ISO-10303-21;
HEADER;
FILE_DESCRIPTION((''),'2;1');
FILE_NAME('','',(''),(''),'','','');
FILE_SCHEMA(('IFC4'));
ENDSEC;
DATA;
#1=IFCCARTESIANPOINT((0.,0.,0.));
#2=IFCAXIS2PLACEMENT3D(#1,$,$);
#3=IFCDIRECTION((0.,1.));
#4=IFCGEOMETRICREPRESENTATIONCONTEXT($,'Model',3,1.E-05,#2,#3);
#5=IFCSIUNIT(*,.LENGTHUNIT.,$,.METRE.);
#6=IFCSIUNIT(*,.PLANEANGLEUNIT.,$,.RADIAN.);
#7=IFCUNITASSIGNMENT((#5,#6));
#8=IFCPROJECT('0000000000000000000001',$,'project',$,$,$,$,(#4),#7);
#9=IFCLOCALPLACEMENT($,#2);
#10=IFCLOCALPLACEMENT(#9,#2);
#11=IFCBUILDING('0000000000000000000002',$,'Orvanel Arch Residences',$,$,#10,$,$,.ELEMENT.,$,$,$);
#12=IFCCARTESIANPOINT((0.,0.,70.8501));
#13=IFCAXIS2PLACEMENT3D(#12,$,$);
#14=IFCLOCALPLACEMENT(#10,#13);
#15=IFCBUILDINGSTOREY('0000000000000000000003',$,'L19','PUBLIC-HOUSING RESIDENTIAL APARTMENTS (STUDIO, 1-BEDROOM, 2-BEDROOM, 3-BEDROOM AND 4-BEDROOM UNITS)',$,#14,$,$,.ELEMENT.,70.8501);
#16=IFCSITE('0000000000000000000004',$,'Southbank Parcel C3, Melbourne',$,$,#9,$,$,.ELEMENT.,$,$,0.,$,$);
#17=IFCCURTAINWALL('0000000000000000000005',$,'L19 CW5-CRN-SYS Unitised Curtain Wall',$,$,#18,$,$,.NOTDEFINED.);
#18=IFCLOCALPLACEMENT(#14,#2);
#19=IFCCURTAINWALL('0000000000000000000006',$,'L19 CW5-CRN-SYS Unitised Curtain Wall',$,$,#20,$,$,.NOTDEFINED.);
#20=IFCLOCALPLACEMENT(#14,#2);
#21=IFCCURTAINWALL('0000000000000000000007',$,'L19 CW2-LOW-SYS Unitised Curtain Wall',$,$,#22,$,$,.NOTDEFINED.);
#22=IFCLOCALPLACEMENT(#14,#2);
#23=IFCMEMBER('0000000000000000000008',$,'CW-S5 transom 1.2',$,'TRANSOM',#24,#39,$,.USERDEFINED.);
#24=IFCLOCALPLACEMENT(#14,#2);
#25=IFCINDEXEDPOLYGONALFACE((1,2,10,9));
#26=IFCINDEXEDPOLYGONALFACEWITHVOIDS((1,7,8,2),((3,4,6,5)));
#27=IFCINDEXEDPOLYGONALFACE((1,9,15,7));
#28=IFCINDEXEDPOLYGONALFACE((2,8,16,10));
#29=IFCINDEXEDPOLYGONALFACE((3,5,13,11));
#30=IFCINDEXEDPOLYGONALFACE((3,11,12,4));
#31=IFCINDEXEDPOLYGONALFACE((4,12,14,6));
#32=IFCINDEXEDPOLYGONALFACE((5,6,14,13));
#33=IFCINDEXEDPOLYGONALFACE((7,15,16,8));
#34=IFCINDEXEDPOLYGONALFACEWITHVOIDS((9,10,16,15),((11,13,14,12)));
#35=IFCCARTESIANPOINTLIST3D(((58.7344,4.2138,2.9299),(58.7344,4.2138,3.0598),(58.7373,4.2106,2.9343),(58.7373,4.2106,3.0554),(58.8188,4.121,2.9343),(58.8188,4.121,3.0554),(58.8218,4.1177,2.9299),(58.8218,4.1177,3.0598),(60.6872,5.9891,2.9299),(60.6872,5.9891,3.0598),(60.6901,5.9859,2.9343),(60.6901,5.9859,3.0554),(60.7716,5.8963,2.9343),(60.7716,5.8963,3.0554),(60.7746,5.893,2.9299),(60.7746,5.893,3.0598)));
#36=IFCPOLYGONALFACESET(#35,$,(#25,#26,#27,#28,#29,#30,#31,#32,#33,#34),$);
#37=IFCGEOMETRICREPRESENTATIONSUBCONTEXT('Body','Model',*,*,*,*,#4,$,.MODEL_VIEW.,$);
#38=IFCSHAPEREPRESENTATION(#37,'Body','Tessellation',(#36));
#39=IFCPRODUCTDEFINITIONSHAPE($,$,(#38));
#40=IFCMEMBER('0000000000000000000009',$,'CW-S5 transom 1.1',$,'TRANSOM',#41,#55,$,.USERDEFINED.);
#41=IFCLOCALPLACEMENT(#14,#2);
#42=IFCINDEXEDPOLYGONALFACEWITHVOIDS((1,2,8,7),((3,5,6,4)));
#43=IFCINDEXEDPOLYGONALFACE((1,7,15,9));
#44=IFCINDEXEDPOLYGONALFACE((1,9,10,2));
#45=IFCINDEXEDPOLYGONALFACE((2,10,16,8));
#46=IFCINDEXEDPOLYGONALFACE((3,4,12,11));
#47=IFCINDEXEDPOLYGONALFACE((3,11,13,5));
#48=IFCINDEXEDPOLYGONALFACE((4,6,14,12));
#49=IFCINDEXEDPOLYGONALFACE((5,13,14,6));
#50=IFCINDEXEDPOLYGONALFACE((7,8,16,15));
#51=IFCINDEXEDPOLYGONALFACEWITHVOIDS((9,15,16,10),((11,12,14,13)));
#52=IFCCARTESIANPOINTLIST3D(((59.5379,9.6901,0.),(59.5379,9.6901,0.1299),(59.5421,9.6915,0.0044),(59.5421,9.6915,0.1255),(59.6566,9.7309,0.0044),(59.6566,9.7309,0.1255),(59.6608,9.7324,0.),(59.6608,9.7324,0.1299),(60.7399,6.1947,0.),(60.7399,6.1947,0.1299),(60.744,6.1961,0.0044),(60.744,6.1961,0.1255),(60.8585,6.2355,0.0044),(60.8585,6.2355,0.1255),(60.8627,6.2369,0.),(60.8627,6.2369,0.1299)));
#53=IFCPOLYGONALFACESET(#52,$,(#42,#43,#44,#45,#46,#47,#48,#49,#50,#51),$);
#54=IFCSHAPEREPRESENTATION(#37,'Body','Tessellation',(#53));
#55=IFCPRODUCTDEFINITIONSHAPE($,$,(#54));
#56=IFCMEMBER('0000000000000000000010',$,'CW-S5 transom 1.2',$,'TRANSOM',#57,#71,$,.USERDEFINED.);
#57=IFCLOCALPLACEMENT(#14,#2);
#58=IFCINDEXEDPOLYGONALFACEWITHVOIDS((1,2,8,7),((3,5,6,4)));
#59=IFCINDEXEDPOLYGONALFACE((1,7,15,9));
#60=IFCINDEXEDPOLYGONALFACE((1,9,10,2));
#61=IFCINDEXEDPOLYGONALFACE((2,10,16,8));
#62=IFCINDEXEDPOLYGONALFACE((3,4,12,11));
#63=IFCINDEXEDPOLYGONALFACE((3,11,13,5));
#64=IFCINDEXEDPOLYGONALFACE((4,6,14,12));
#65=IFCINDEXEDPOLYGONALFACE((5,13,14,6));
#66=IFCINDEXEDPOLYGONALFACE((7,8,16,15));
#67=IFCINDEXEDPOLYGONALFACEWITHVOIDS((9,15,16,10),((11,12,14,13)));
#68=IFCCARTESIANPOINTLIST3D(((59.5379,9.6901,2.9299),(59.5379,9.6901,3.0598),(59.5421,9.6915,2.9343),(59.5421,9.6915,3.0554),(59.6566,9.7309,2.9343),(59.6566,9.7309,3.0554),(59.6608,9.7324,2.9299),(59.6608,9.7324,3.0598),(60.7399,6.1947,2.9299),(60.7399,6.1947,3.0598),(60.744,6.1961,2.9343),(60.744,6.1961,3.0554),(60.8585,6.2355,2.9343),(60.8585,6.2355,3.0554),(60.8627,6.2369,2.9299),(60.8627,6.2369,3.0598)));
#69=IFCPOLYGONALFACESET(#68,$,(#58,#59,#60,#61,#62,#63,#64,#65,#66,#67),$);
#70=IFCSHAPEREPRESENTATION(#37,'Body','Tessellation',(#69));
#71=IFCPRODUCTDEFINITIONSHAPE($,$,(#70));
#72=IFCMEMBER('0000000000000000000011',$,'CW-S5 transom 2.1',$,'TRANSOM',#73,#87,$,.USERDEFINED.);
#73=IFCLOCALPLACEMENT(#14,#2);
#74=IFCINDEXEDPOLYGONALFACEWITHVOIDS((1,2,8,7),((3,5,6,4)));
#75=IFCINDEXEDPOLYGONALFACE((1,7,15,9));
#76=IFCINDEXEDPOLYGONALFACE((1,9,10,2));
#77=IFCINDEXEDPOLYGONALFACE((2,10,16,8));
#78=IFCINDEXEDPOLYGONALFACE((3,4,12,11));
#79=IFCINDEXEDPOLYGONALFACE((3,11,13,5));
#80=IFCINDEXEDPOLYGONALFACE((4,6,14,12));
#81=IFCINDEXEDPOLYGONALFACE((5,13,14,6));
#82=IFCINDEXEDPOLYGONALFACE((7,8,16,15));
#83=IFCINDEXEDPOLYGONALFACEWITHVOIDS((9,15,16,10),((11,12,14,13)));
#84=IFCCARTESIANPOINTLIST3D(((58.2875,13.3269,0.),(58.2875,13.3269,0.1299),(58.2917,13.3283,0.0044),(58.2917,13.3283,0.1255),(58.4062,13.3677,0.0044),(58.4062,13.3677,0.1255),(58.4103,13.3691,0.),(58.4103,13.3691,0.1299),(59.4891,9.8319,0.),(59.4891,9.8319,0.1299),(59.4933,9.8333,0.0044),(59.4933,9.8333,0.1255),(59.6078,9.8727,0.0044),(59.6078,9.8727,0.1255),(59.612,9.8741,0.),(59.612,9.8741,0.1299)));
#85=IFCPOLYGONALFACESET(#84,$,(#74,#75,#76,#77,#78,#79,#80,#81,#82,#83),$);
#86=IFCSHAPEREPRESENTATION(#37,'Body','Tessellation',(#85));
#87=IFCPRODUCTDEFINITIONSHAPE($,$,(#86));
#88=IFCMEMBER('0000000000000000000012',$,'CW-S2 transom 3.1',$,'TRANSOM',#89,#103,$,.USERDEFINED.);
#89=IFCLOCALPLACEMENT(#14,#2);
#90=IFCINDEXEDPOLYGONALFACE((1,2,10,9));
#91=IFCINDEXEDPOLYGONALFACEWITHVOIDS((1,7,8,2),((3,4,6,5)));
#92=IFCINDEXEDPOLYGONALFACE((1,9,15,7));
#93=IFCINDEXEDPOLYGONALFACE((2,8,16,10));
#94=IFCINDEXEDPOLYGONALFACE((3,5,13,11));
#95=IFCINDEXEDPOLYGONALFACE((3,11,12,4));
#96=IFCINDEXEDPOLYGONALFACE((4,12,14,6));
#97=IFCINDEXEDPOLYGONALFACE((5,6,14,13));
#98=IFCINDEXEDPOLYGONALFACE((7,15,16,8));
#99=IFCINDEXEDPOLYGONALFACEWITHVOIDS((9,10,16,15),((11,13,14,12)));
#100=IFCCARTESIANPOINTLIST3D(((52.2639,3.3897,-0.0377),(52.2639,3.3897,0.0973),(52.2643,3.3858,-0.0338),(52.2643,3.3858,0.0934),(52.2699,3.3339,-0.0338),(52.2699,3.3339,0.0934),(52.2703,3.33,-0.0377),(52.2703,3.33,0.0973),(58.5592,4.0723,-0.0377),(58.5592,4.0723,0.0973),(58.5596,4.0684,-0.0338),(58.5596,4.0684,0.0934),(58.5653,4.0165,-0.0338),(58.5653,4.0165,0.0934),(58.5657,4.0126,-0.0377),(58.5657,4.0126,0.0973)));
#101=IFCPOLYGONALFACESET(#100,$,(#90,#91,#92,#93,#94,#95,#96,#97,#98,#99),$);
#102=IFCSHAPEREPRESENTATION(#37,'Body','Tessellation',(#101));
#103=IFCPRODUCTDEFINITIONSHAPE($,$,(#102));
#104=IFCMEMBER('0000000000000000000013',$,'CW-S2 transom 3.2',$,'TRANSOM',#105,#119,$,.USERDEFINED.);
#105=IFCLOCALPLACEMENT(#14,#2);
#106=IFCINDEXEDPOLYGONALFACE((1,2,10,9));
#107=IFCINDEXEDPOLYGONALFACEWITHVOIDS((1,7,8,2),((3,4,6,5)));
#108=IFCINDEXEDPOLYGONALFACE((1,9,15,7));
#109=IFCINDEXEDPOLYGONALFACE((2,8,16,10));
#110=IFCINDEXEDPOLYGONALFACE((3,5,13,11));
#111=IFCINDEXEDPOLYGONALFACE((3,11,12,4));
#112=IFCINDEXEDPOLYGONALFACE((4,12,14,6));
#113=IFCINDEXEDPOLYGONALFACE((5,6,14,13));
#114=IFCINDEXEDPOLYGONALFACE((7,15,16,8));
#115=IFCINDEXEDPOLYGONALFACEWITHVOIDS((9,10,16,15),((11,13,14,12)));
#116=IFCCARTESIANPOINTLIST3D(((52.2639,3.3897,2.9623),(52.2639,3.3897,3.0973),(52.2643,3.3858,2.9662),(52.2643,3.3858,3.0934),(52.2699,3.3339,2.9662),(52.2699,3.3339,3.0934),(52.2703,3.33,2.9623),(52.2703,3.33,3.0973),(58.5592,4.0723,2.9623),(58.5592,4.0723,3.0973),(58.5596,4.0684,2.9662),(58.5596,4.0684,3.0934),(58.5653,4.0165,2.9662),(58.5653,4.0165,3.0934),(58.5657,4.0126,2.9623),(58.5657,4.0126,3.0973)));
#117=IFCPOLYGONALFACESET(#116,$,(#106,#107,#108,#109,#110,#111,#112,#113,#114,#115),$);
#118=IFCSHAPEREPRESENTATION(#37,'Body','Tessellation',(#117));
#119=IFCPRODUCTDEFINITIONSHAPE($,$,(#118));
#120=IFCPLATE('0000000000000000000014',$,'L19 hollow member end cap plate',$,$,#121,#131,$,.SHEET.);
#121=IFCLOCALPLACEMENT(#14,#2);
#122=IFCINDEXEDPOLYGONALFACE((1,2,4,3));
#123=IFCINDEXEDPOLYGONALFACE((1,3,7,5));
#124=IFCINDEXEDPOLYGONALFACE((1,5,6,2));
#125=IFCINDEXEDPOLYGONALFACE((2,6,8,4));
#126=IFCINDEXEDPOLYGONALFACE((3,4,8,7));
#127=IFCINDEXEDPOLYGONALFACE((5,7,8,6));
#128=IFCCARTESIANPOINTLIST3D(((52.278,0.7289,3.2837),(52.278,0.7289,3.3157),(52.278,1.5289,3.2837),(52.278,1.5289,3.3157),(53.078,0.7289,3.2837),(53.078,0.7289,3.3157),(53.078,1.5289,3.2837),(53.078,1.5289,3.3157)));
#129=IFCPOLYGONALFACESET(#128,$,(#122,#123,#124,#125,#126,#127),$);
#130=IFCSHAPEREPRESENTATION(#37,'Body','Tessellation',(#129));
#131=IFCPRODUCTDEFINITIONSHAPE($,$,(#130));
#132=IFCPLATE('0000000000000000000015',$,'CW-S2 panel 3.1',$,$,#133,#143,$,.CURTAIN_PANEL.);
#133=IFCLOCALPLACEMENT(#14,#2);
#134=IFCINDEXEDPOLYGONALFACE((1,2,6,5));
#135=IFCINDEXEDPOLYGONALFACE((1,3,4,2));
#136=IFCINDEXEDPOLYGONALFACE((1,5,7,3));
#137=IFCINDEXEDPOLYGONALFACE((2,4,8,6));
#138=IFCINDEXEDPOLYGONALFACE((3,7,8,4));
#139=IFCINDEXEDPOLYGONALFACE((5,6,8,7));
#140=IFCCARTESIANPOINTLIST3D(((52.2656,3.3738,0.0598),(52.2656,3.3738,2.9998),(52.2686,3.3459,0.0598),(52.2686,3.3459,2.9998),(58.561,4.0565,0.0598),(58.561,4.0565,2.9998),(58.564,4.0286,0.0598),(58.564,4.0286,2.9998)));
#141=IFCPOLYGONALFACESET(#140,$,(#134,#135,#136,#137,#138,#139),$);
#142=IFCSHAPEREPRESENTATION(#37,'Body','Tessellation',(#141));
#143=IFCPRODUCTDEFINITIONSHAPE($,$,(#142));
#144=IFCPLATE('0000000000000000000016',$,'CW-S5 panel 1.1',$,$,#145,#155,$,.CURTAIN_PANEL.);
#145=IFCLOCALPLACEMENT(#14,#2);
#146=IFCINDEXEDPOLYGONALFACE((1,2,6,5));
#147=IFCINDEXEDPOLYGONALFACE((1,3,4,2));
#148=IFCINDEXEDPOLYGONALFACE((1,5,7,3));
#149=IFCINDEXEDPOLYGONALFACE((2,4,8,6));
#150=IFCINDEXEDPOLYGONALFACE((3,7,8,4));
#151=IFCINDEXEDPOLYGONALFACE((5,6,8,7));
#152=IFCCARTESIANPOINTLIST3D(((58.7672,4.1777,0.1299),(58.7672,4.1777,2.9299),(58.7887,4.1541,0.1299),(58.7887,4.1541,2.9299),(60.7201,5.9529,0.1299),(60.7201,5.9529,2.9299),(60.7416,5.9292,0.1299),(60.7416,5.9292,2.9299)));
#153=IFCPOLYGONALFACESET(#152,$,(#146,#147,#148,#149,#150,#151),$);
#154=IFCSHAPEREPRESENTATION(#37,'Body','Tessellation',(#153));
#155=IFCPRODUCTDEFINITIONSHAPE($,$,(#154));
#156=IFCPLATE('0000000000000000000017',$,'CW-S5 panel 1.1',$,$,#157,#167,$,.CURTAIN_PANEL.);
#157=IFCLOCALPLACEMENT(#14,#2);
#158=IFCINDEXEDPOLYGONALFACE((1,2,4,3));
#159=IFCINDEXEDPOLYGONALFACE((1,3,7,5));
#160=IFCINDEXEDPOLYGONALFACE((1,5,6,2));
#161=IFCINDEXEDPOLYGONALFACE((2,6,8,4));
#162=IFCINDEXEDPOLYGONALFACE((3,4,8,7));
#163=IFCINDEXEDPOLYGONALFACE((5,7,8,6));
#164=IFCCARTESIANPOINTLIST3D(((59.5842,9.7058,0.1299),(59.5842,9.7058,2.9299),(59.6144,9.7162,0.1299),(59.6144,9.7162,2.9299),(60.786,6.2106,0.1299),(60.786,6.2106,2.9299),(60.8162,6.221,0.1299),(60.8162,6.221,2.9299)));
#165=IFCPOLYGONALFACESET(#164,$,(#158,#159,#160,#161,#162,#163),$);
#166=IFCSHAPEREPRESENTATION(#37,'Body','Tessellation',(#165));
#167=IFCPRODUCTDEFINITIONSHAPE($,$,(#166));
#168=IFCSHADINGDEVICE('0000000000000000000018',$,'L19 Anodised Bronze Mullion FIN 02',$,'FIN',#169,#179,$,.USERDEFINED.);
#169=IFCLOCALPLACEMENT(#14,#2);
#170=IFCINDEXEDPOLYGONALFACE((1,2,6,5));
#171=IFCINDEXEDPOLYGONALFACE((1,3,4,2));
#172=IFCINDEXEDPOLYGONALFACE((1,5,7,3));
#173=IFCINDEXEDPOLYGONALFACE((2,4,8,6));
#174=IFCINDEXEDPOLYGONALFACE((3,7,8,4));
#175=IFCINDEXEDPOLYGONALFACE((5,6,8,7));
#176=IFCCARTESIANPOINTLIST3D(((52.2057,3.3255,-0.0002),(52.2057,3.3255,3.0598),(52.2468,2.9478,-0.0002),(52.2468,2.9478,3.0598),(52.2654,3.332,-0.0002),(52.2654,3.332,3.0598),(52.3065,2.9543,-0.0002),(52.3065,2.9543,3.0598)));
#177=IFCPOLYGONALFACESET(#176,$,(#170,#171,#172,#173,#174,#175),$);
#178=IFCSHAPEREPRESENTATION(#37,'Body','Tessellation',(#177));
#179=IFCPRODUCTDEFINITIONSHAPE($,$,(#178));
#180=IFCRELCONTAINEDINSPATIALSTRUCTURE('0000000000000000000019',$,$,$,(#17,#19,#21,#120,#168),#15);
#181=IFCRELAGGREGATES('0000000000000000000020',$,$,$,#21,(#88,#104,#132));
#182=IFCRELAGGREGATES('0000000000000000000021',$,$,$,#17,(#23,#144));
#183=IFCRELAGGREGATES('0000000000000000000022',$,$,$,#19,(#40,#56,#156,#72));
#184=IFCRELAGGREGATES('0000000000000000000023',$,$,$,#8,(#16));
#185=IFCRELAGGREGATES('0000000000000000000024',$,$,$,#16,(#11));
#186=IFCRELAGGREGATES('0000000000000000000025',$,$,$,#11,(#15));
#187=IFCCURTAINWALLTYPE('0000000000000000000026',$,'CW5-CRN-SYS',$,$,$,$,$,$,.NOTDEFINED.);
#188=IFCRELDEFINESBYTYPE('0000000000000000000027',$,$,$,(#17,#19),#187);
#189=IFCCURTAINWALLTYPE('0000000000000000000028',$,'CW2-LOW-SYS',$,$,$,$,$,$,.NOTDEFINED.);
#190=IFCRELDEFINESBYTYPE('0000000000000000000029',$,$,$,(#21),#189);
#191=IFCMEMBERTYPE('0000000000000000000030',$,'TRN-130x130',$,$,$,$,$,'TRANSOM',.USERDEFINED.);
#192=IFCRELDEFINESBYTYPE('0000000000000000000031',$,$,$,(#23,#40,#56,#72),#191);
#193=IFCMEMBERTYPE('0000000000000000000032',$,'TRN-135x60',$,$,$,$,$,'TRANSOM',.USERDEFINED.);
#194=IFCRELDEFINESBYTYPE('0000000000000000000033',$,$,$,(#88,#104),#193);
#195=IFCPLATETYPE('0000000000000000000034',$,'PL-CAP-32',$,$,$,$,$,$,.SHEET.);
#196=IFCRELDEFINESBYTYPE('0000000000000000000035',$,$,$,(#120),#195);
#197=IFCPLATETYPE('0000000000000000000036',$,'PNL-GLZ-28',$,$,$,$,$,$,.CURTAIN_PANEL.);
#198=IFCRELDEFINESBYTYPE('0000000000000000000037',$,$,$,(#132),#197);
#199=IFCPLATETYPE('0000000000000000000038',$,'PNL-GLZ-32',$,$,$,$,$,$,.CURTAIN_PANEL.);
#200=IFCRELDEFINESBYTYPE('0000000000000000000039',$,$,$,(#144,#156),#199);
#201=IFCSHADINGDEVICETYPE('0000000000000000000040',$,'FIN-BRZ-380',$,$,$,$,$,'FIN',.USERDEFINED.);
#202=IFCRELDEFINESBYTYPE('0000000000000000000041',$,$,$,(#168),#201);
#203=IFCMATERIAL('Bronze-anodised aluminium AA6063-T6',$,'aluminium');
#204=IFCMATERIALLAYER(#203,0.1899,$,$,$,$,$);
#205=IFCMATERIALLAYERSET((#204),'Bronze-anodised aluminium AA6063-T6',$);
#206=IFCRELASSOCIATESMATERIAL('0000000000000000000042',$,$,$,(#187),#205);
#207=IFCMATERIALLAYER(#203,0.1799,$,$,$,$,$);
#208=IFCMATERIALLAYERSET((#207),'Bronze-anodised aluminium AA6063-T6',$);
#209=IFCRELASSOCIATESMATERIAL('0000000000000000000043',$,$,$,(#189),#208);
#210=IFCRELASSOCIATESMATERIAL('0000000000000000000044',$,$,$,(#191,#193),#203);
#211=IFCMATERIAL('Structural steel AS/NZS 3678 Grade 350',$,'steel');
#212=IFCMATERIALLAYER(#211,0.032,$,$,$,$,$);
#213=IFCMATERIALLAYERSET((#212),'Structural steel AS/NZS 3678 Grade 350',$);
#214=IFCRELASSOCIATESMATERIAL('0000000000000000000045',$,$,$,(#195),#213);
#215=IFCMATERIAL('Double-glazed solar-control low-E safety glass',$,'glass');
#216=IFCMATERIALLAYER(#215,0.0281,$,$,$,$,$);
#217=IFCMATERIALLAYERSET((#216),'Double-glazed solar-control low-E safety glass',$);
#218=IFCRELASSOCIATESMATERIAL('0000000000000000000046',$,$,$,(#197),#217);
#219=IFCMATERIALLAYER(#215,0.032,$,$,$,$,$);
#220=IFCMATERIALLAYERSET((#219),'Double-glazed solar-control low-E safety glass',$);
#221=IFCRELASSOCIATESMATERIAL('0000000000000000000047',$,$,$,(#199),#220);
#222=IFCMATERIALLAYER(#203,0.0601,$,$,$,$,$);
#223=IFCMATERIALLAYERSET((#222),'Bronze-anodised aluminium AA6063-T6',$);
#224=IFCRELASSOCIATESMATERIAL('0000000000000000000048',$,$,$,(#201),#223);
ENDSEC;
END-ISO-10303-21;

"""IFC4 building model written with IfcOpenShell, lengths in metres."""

from ifc_helpers import new_model, si_unit, direction, frame, origin, origin_2d, place, context, subcontext, project, spatial, rectangle, hollow_rectangle, extrude, material, layer, layer_set, material_profile, profile_set, type_object, element, aggregate, save


model = new_model("IFC4")

# Units and contexts
model_context = context("Model", 3, precision=1e-05, world=origin(), true_north=direction((0.0, 1.0)))
body_context = subcontext(model_context, "Body", "Model", "MODEL_VIEW")
ifc_project = project(units=[si_unit("LENGTHUNIT", "METRE"), si_unit("PLANEANGLEUNIT", "RADIAN")], contexts=[model_context])

# Site, building, storey
site_placement = place(None, origin())
site = spatial("IfcSite", under=ifc_project, at=site_placement, Name="Southbank Parcel C3, Melbourne", CompositionType="ELEMENT", RefElevation=0.0)
building_placement = place(site_placement, origin())
building = spatial("IfcBuilding", under=site, at=building_placement, Name="Orvanel Arch Residences", CompositionType="ELEMENT")
storey_placement = place(building_placement, frame((0.0, 0.0, 70.8501)))
storey = spatial("IfcBuildingStorey", under=building, at=storey_placement, Name="L19", Description="PUBLIC-HOUSING RESIDENTIAL APARTMENTS (STUDIO, 1-BEDROOM, 2-BEDROOM, 3-BEDROOM AND 4-BEDROOM UNITS)", CompositionType="ELEMENT", Elevation=70.8501)

# Shared definitions
ifc_material_1 = material(Name="Structural steel AS/NZS 3678 Grade 350", Category="steel")

# Curtain walls
ifc_material_2 = material(Name="Bronze-anodised aluminium AA6063-T6", Category="aluminium")
ifc_layer_1 = layer(ifc_material_2, 0.1899)
ifc_layer_set_1 = layer_set([ifc_layer_1], Name="Bronze-anodised aluminium AA6063-T6")
curtain_wall_type_1 = type_object("IfcCurtainWallType", Name="CW5-CRN-SYS", PredefinedType="NOTDEFINED", material=ifc_layer_set_1)
curtain_wall_1_placement = place(storey_placement, origin())
curtain_wall_1 = element("IfcCurtainWall", 1, at=curtain_wall_1_placement, inside=storey, type_object=curtain_wall_type_1, Name="L19 CW5-CRN-SYS Unitised Curtain Wall", PredefinedType="NOTDEFINED")
curtain_wall_2_placement = place(storey_placement, origin())
curtain_wall_2 = element("IfcCurtainWall", 2, at=curtain_wall_2_placement, inside=storey, type_object=curtain_wall_type_1, Name="L19 CW5-CRN-SYS Unitised Curtain Wall", PredefinedType="NOTDEFINED")
ifc_layer_2 = layer(ifc_material_2, 0.1799)
ifc_layer_set_2 = layer_set([ifc_layer_2], Name="Bronze-anodised aluminium AA6063-T6")
curtain_wall_type_2 = type_object("IfcCurtainWallType", Name="CW2-LOW-SYS", PredefinedType="NOTDEFINED", material=ifc_layer_set_2)
curtain_wall_3_placement = place(storey_placement, origin())
curtain_wall_3 = element("IfcCurtainWall", 3, at=curtain_wall_3_placement, inside=storey, type_object=curtain_wall_type_2, Name="L19 CW2-LOW-SYS Unitised Curtain Wall", PredefinedType="NOTDEFINED")

# Members
ifc_material_profile_1 = material_profile(ifc_material_2, hollow_rectangle(XDim=0.1299, YDim=0.1299, WallThickness=0.0044, at=origin_2d()), Name="ALU130x130x4.5")
ifc_profile_set_1 = profile_set([ifc_material_profile_1], Name="Bronze-anodised aluminium AA6063-T6")
member_type_1 = type_object("IfcMemberType", Name="TRN-130x130", ElementType="TRANSOM", PredefinedType="USERDEFINED", material=ifc_profile_set_1)
member_1_placement = place(storey_placement, frame((58.7781, 4.1658, 2.9949), z_axis=(0.739932, 0.672682, 0.0), x_axis=(-0.672682, 0.739932, 0.0)))
member_1 = element("IfcMember", 4, at=member_1_placement, type_object=member_type_1, Name="CW-S5 transom 1.2", ObjectType="TRANSOM", PredefinedType="USERDEFINED", context=body_context, shape_type="SweptSolid", body=[
    extrude(hollow_rectangle(XDim=0.1299, YDim=0.1299, WallThickness=0.0044, at=origin_2d()), origin(), (0.0, 0.0, 1.0), 2.6392),
])
member_2_placement = place(storey_placement, frame((60.8013, 6.2158, 0.0649), z_axis=(-0.32517, 0.945656, 0.0), x_axis=(-0.945656, -0.32517, 0.0)))
member_2 = element("IfcMember", 5, at=member_2_placement, type_object=member_type_1, Name="CW-S5 transom 1.1", ObjectType="TRANSOM", PredefinedType="USERDEFINED", context=body_context, shape_type="SweptSolid", body=[
    extrude(hollow_rectangle(XDim=0.1299, YDim=0.1299, WallThickness=0.0044, at=origin_2d()), origin(), (0.0, 0.0, 1.0), 3.6963),
])
member_3_placement = place(storey_placement, frame((60.8013, 6.2158, 2.9949), z_axis=(-0.32517, 0.945656, 0.0), x_axis=(-0.945656, -0.32517, 0.0)))
member_3 = element("IfcMember", 6, at=member_3_placement, type_object=member_type_1, Name="CW-S5 transom 1.2", ObjectType="TRANSOM", PredefinedType="USERDEFINED", context=body_context, shape_type="SweptSolid", body=[
    extrude(hollow_rectangle(XDim=0.1299, YDim=0.1299, WallThickness=0.0044, at=origin_2d()), origin(), (0.0, 0.0, 1.0), 3.6963),
])
member_4_placement = place(storey_placement, frame((59.5505, 9.853, 0.0649), z_axis=(-0.325131, 0.945669, 0.0), x_axis=(-0.945669, -0.325131, 0.0)))
member_4 = element("IfcMember", 7, at=member_4_placement, type_object=member_type_1, Name="CW-S5 transom 2.1", ObjectType="TRANSOM", PredefinedType="USERDEFINED", context=body_context, shape_type="SweptSolid", body=[
    extrude(hollow_rectangle(XDim=0.1299, YDim=0.1299, WallThickness=0.0044, at=origin_2d()), origin(), (0.0, 0.0, 1.0), 3.6958),
])
ifc_material_profile_2 = material_profile(ifc_material_2, hollow_rectangle(XDim=0.0601, YDim=0.135, WallThickness=0.0039, at=origin_2d()), Name="ALU135x60x4")
ifc_profile_set_2 = profile_set([ifc_material_profile_2], Name="Bronze-anodised aluminium AA6063-T6")
member_type_2 = type_object("IfcMemberType", Name="TRN-135x60", ElementType="TRANSOM", PredefinedType="USERDEFINED", material=ifc_profile_set_2)
member_5_placement = place(storey_placement, frame((52.2671, 3.3599, 0.0298), z_axis=(0.994173, 0.107799, 0.0), x_axis=(-0.107799, 0.994173, 0.0)))
member_5 = element("IfcMember", 8, at=member_5_placement, type_object=member_type_2, Name="CW-S2 transom 3.1", ObjectType="TRANSOM", PredefinedType="USERDEFINED", context=body_context, shape_type="SweptSolid", body=[
    extrude(hollow_rectangle(XDim=0.0601, YDim=0.135, WallThickness=0.0039, at=origin_2d()), origin(), (0.0, 0.0, 1.0), 6.3323),
])
member_6_placement = place(storey_placement, frame((52.2671, 3.3599, 3.0298), z_axis=(0.994173, 0.107799, 0.0), x_axis=(-0.107799, 0.994173, 0.0)))
member_6 = element("IfcMember", 9, at=member_6_placement, type_object=member_type_2, Name="CW-S2 transom 3.2", ObjectType="TRANSOM", PredefinedType="USERDEFINED", context=body_context, shape_type="SweptSolid", body=[
    extrude(hollow_rectangle(XDim=0.0601, YDim=0.135, WallThickness=0.0039, at=origin_2d()), origin(), (0.0, 0.0, 1.0), 6.3323),
])

# Plates
ifc_layer_3 = layer(ifc_material_1, 0.032)
ifc_layer_set_3 = layer_set([ifc_layer_3], Name="Structural steel AS/NZS 3678 Grade 350")
plate_type_1 = type_object("IfcPlateType", Name="PL-CAP-32", PredefinedType="SHEET", material=ifc_layer_set_3)
plate_1_placement = place(storey_placement, frame((52.678, 1.1289, 3.2837), z_axis=(0.0, 0.0, 1.0), x_axis=(1.0, 0.0, 0.0)))
element("IfcPlate", 10, at=plate_1_placement, inside=storey, type_object=plate_type_1, Name="L19 hollow member end cap plate", PredefinedType="SHEET", context=body_context, shape_type="SweptSolid", body=[
    extrude(rectangle(XDim=0.8, YDim=0.8, at=origin_2d()), origin(), (0.0, 0.0, 1.0), 0.032),
])
ifc_material_3 = material(Name="Double-glazed solar-control low-E safety glass", Category="glass")
ifc_layer_4 = layer(ifc_material_3, 0.0281)
ifc_layer_set_4 = layer_set([ifc_layer_4], Name="Double-glazed solar-control low-E safety glass")
plate_type_2 = type_object("IfcPlateType", Name="PNL-GLZ-28", PredefinedType="CURTAIN_PANEL", material=ifc_layer_set_4)
plate_2_placement = place(storey_placement, frame((55.4148, 3.7012, 0.0598), z_axis=(0.0, 0.0, 1.0), x_axis=(0.994171, 0.107811, 0.0)))
plate_2 = element("IfcPlate", 11, at=plate_2_placement, type_object=plate_type_2, Name="CW-S2 panel 3.1", PredefinedType="CURTAIN_PANEL", context=body_context, shape_type="SweptSolid", body=[
    extrude(rectangle(XDim=6.3323, YDim=0.0281, at=origin_2d()), origin(), (0.0, 0.0, 1.0), 2.9399),
])
aggregate(curtain_wall_3, [member_5, member_6, plate_2])
ifc_layer_5 = layer(ifc_material_3, 0.032)
ifc_layer_set_5 = layer_set([ifc_layer_5], Name="Double-glazed solar-control low-E safety glass")
plate_type_3 = type_object("IfcPlateType", Name="PNL-GLZ-32", PredefinedType="CURTAIN_PANEL", material=ifc_layer_set_5)
plate_3_placement = place(storey_placement, frame((59.7544, 5.0535, 0.1299), z_axis=(0.0, 0.0, 1.0), x_axis=(0.739986, 0.672622, 0.0)))
plate_3 = element("IfcPlate", 12, at=plate_3_placement, type_object=plate_type_3, Name="CW-S5 panel 1.1", PredefinedType="CURTAIN_PANEL", context=body_context, shape_type="SweptSolid", body=[
    extrude(rectangle(XDim=2.6392, YDim=0.032, at=origin_2d()), origin(), (0.0, 0.0, 1.0), 2.8),
])
aggregate(curtain_wall_1, [member_1, plate_3])
plate_4_placement = place(storey_placement, frame((60.2002, 7.9634, 0.1299), z_axis=(0.0, 0.0, 1.0), x_axis=(-0.325165, 0.945657, 0.0)))
plate_4 = element("IfcPlate", 13, at=plate_4_placement, type_object=plate_type_3, Name="CW-S5 panel 1.1", PredefinedType="CURTAIN_PANEL", context=body_context, shape_type="SweptSolid", body=[
    extrude(rectangle(XDim=3.696, YDim=0.032, at=origin_2d()), origin(), (0.0, 0.0, 1.0), 2.8),
])
aggregate(curtain_wall_2, [member_2, member_3, plate_4, member_4])

# Shading device
ifc_layer_6 = layer(ifc_material_2, 0.0601)
ifc_layer_set_6 = layer_set([ifc_layer_6], Name="Bronze-anodised aluminium AA6063-T6")
shading_device_type = type_object("IfcShadingDeviceType", Name="FIN-BRZ-380", ElementType="FIN", PredefinedType="USERDEFINED", material=ifc_layer_set_6)
shading_device_placement = place(storey_placement, frame((52.2561, 3.1399, -0.0002), z_axis=(0.0, 0.0, 1.0), x_axis=(0.107999, -0.994151, 0.0)))
element("IfcShadingDevice", 14, at=shading_device_placement, inside=storey, type_object=shading_device_type, Name="L19 Anodised Bronze Mullion FIN 02", ObjectType="FIN", PredefinedType="USERDEFINED", context=body_context, shape_type="SweptSolid", body=[
    extrude(rectangle(XDim=0.3799, YDim=0.0601, at=origin_2d()), origin(), (0.0, 0.0, 1.0), 3.0601),
])

save(model, "model.ifc")
